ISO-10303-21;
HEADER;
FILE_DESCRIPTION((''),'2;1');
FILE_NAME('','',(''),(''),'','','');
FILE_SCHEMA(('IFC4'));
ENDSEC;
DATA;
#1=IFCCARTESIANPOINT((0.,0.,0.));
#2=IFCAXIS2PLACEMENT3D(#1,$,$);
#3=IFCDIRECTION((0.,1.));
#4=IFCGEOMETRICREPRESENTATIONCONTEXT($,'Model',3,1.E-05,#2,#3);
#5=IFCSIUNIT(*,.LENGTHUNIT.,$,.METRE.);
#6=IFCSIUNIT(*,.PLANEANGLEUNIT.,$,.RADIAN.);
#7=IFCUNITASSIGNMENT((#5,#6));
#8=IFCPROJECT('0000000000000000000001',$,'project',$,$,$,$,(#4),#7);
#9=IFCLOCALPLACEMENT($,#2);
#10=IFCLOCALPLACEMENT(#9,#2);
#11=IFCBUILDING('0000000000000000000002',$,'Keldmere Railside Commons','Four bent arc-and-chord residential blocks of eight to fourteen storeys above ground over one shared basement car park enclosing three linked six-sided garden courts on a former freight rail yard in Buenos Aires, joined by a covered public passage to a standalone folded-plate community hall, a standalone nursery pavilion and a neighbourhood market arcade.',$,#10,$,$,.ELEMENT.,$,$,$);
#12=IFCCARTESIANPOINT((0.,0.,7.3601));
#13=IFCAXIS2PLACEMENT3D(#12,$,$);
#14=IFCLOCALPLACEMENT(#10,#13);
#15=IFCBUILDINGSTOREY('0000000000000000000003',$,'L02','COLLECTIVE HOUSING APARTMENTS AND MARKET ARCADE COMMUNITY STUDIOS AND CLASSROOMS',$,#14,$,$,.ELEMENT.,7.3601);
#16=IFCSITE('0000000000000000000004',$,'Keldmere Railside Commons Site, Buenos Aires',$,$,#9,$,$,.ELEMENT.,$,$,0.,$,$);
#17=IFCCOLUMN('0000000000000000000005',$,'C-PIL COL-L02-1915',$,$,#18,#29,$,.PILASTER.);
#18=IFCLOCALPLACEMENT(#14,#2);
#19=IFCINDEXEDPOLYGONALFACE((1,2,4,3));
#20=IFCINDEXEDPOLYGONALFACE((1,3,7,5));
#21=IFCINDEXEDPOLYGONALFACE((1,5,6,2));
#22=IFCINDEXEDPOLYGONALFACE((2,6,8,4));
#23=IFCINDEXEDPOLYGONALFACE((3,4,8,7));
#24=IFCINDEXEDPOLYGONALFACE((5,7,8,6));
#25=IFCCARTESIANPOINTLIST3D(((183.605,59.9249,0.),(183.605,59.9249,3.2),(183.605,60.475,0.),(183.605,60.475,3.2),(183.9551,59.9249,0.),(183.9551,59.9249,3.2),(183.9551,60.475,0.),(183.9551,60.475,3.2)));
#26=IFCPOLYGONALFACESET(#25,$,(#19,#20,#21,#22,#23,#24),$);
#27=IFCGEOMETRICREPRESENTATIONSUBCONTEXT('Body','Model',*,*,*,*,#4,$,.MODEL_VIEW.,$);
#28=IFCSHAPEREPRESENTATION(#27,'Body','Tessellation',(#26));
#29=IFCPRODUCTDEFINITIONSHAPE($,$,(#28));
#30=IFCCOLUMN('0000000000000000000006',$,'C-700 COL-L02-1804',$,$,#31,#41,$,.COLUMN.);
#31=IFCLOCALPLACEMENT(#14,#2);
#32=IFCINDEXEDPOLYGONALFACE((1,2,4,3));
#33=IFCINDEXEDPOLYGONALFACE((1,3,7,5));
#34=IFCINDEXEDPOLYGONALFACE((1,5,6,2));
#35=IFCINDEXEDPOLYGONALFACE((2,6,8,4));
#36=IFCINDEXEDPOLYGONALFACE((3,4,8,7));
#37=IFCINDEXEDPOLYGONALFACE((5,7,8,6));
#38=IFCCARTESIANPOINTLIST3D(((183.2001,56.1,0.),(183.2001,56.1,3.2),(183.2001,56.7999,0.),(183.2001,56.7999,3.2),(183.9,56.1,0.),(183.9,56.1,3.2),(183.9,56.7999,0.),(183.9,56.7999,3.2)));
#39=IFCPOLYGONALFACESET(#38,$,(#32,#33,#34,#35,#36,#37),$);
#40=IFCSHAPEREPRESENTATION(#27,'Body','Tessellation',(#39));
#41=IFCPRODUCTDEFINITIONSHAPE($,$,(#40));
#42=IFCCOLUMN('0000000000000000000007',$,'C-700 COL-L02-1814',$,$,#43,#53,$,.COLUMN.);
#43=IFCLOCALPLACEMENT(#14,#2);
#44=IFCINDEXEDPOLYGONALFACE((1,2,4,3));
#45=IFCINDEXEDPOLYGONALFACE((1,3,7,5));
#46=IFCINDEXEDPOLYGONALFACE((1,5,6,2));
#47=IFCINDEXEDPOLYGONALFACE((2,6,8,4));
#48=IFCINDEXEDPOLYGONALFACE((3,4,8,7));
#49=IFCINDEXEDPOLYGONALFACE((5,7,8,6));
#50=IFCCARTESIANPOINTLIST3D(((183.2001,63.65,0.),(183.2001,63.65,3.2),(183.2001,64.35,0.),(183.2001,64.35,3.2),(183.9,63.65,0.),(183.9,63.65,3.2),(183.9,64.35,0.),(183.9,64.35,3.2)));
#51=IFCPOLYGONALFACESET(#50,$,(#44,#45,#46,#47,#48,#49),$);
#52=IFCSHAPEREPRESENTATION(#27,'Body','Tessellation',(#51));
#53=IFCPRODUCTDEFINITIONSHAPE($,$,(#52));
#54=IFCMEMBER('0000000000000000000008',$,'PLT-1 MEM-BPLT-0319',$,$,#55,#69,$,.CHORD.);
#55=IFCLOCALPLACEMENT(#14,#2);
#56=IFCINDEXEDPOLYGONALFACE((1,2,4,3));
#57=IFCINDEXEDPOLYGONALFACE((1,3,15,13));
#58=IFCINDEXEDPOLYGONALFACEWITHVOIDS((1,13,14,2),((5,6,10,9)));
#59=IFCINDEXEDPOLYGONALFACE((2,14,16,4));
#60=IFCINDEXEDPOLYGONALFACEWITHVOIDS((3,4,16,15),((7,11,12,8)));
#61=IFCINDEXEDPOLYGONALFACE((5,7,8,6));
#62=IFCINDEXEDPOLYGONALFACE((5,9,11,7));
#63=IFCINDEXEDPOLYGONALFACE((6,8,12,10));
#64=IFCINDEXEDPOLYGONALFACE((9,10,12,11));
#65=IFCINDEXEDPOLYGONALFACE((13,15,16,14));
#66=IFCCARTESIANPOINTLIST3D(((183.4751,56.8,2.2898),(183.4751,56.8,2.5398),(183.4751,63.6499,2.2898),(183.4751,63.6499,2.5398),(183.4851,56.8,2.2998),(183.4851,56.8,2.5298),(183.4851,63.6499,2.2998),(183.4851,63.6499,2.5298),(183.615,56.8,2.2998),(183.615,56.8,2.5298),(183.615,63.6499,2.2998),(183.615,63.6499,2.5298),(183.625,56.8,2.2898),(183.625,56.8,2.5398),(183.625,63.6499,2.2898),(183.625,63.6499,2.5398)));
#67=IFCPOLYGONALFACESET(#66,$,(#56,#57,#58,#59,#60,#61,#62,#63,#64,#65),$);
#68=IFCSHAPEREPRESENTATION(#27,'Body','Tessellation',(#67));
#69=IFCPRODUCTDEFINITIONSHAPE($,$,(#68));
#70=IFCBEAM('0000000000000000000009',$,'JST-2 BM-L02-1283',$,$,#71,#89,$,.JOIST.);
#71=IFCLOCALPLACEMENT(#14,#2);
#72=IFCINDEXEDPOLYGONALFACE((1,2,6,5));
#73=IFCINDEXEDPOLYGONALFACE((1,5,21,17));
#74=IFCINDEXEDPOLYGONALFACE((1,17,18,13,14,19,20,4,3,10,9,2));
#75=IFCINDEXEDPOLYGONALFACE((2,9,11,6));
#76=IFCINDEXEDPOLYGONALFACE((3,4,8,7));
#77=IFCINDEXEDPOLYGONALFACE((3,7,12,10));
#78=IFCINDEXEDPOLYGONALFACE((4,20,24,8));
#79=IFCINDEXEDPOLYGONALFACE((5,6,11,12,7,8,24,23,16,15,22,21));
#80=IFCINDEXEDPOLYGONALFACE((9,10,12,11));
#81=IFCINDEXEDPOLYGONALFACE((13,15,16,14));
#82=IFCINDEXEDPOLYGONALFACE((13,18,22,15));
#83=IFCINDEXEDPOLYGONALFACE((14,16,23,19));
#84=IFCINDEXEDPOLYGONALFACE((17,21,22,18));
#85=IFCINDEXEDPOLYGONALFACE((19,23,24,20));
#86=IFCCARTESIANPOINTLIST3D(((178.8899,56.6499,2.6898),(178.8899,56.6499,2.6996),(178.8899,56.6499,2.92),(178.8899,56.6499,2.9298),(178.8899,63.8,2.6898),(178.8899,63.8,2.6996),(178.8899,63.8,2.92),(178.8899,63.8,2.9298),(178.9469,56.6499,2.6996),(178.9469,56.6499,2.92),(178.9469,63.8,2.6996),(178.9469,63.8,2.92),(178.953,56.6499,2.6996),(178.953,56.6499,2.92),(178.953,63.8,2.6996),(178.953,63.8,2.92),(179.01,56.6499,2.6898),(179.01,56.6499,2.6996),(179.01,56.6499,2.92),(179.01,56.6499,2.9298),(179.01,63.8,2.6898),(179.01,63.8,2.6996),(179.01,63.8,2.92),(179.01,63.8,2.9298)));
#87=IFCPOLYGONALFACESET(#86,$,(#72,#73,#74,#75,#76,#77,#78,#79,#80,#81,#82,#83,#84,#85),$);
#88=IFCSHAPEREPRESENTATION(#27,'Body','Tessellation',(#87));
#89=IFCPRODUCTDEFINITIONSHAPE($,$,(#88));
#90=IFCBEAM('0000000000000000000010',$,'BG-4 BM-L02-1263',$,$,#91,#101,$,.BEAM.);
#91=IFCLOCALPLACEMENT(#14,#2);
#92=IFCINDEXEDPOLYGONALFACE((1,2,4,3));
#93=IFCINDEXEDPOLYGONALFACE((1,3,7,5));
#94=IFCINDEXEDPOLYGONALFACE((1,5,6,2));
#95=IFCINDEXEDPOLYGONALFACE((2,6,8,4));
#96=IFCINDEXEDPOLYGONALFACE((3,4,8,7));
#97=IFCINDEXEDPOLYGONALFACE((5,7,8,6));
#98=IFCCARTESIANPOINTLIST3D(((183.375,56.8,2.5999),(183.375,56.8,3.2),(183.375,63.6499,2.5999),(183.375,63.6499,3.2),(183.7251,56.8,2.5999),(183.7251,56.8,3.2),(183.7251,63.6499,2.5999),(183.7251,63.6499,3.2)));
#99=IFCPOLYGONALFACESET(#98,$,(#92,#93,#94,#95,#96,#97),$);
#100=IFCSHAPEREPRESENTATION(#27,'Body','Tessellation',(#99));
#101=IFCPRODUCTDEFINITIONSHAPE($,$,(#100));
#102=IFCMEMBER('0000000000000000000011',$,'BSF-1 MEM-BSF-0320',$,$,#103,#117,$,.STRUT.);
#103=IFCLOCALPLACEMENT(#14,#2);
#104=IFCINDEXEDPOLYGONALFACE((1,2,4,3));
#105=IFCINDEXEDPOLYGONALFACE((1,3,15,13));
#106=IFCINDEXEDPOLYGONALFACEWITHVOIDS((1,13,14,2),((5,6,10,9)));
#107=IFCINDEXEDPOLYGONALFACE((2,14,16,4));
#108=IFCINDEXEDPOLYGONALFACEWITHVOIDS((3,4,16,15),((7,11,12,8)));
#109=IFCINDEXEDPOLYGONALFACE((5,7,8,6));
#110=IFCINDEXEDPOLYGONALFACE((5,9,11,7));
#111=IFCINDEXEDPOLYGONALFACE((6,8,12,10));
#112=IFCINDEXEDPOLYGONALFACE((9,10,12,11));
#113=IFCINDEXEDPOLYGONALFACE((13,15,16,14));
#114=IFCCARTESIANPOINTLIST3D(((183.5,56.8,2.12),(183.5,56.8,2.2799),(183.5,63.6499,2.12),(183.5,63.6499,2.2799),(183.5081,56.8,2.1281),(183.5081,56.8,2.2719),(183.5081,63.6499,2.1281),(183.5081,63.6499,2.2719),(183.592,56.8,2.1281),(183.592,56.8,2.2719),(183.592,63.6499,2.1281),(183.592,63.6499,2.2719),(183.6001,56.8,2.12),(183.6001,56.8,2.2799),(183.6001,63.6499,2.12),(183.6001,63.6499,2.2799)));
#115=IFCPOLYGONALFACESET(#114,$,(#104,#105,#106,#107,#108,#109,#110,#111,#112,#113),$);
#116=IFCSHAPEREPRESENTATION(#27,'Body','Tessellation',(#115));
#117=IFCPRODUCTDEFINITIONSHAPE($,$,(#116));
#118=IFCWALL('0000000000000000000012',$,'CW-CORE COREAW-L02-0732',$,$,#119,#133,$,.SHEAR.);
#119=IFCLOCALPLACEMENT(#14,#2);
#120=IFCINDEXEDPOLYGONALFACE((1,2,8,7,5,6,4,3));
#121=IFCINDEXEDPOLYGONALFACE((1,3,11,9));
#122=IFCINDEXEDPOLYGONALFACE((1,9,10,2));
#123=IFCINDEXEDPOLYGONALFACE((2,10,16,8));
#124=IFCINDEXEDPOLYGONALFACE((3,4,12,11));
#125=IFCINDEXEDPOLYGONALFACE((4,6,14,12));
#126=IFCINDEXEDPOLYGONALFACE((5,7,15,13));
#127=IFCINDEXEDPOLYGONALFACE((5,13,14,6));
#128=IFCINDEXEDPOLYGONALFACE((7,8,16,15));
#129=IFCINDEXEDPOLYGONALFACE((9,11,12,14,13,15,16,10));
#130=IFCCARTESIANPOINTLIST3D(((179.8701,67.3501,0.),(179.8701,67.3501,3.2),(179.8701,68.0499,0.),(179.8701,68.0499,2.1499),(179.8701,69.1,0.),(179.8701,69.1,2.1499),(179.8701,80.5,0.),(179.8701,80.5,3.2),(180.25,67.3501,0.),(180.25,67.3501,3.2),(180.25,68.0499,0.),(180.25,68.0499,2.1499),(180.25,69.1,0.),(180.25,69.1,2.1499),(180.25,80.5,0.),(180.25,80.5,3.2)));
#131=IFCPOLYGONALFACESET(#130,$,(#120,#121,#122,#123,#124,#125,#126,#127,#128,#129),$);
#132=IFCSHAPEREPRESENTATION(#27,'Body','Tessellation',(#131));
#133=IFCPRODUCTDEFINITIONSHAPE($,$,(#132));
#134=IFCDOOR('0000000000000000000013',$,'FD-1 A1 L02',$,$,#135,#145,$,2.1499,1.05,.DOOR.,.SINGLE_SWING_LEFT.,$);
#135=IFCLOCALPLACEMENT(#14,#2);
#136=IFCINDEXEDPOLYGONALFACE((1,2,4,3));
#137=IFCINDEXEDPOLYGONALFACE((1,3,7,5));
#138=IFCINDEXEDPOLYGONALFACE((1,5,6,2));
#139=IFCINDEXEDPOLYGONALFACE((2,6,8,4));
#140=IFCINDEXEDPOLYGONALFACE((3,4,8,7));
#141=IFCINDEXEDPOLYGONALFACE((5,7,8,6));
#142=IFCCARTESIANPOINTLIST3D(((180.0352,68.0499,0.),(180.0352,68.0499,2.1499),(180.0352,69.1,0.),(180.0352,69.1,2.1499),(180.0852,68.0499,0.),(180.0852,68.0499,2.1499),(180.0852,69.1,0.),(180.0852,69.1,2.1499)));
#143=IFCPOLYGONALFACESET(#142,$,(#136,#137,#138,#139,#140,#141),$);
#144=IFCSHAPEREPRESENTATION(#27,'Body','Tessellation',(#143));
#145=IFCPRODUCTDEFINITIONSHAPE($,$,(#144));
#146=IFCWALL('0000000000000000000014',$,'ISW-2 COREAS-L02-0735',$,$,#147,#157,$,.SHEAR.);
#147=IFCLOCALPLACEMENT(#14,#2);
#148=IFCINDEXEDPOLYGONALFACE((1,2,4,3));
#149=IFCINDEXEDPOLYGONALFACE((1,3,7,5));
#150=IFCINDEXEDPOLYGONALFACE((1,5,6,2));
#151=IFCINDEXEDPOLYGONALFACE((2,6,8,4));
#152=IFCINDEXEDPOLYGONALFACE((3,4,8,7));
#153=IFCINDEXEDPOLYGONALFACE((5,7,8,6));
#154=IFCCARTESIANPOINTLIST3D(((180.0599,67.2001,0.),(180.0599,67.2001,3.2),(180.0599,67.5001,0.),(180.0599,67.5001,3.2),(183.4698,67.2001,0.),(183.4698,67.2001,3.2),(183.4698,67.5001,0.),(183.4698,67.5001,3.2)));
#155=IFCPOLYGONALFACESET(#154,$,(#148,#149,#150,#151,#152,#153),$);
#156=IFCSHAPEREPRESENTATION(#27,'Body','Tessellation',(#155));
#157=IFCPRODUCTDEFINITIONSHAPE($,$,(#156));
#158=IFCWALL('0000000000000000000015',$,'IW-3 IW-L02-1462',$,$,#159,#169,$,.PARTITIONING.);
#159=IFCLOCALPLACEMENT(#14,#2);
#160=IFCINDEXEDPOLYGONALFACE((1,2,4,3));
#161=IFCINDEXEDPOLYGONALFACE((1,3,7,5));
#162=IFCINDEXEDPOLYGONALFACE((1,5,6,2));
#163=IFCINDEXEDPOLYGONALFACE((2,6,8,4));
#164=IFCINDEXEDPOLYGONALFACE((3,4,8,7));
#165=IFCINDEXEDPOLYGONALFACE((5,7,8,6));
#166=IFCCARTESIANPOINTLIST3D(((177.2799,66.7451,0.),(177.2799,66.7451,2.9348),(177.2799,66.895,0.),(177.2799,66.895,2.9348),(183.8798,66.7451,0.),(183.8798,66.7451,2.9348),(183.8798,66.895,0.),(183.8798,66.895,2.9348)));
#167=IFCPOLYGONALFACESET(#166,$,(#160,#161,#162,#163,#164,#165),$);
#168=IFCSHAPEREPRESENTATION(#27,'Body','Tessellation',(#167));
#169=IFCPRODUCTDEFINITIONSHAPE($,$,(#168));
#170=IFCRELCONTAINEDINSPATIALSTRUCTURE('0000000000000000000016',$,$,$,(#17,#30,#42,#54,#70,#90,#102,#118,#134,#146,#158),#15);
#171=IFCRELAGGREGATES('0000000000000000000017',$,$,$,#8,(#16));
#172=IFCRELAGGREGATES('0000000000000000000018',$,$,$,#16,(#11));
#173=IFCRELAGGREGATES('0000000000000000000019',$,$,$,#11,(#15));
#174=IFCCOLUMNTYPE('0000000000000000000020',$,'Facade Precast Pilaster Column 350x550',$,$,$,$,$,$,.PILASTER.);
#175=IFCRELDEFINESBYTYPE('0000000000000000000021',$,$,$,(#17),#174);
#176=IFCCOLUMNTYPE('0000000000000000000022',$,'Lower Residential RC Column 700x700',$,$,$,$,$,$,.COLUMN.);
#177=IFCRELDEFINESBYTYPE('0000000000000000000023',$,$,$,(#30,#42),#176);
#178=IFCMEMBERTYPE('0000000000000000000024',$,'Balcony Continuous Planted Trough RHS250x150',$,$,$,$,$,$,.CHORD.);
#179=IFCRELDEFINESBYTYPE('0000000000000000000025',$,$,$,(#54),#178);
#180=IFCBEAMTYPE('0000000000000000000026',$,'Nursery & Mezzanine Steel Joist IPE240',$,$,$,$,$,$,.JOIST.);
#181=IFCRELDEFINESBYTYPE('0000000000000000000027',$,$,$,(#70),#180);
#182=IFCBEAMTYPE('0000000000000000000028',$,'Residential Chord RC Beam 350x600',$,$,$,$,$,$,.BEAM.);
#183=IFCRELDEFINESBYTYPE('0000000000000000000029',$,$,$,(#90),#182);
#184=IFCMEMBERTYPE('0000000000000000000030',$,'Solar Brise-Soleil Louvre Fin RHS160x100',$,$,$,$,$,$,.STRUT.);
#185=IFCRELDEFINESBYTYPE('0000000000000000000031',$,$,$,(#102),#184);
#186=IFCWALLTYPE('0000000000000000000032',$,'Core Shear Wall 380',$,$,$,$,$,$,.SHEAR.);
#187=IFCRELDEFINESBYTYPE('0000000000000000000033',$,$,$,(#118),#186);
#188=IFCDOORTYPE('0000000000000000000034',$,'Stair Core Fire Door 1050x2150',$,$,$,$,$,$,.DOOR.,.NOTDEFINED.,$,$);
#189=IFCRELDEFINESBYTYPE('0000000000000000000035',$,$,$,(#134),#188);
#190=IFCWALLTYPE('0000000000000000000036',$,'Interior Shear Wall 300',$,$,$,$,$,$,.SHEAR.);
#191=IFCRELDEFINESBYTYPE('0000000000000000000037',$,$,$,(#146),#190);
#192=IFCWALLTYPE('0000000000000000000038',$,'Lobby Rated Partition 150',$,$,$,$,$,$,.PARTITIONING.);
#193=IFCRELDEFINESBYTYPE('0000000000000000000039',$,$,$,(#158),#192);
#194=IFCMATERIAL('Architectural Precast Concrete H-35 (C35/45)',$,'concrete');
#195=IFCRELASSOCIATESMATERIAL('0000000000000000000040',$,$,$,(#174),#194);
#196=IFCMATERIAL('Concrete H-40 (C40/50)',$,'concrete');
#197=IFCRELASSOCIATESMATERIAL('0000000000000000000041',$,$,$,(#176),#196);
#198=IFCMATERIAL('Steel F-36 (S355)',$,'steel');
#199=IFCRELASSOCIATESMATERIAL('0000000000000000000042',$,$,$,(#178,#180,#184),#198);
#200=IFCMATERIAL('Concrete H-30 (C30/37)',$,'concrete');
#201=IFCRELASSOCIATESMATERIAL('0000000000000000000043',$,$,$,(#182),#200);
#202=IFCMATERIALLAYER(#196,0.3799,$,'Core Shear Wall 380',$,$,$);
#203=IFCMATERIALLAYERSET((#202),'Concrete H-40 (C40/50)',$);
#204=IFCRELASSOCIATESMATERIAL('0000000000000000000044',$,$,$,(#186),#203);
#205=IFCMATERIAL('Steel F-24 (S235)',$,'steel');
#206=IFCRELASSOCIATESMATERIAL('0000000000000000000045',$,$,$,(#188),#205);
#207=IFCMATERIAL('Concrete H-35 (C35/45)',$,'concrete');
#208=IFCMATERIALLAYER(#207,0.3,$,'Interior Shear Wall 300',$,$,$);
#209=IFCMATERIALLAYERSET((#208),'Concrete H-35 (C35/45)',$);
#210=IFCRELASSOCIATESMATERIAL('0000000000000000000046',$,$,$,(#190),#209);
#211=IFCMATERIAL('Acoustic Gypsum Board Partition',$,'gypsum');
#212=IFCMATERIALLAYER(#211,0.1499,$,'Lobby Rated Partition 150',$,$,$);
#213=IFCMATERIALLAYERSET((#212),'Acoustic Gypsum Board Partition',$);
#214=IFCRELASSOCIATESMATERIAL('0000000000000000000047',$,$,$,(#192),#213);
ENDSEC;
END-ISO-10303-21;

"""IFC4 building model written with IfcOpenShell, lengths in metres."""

from ifc_helpers import new_model, si_unit, direction, frame, frame_2d, origin, origin_2d, place, context, subcontext, project, spatial, rectangle, hollow_rectangle, i_section, extrude, material, layer, layer_set, material_profile, profile_set, type_object, element, fill, save


model = new_model("IFC4")

# Units and contexts
model_context = context("Model", 3, precision=1e-05, world=origin(), true_north=direction((0.0, 1.0)))
body_context = subcontext(model_context, "Body", "Model", "MODEL_VIEW")
ifc_project = project(units=[si_unit("LENGTHUNIT", "METRE"), si_unit("PLANEANGLEUNIT", "RADIAN")], contexts=[model_context])

# Site, building, storey
site_placement = place(None, origin())
site = spatial("IfcSite", under=ifc_project, at=site_placement, Name="Keldmere Railside Commons Site, Buenos Aires", CompositionType="ELEMENT", RefElevation=0.0)
building_placement = place(site_placement, origin())
building = spatial("IfcBuilding", under=site, at=building_placement, Name="Keldmere Railside Commons", Description="Four bent arc-and-chord residential blocks of eight to fourteen storeys above ground over one shared basement car park enclosing three linked six-sided garden courts on a former freight rail yard in Buenos Aires, joined by a covered public passage to a standalone folded-plate community hall, a standalone nursery pavilion and a neighbourhood market arcade.", CompositionType="ELEMENT")
storey_placement = place(building_placement, frame((0.0, 0.0, 7.3601)))
storey = spatial("IfcBuildingStorey", under=building, at=storey_placement, Name="L02", Description="COLLECTIVE HOUSING APARTMENTS AND MARKET ARCADE COMMUNITY STUDIOS AND CLASSROOMS", CompositionType="ELEMENT", Elevation=7.3601)

# Columns
ifc_material_1 = material(Name="Architectural Precast Concrete H-35 (C35/45)", Category="concrete")
ifc_material_profile_1 = material_profile(ifc_material_1, rectangle(XDim=0.3501, YDim=0.55, at=origin_2d()), Name="RC-350x550")
ifc_profile_set_1 = profile_set([ifc_material_profile_1], Name="Architectural Precast Concrete H-35 (C35/45)")
column_type_1 = type_object("IfcColumnType", Name="Facade Precast Pilaster Column 350x550", PredefinedType="PILASTER", material=ifc_profile_set_1)
column_placement = place(storey_placement, frame((183.78, 60.2, 0.0), z_axis=(0.0, 0.0, 1.0), x_axis=(1.0, 0.0, 0.0)))
element("IfcColumn", 1, at=column_placement, inside=storey, type_object=column_type_1, Name="C-PIL COL-L02-1915", PredefinedType="PILASTER", context=body_context, shape_type="SweptSolid", body=[
    extrude(rectangle(XDim=0.3501, YDim=0.55, at=origin_2d()), origin(), (0.0, 0.0, 1.0), 3.2),
])
ifc_material_2 = material(Name="Concrete H-40 (C40/50)", Category="concrete")
ifc_material_profile_2 = material_profile(ifc_material_2, rectangle(XDim=0.7, YDim=0.7, at=origin_2d()), Name="RC-700x700")
ifc_profile_set_2 = profile_set([ifc_material_profile_2], Name="Concrete H-40 (C40/50)")
column_type_2 = type_object("IfcColumnType", Name="Lower Residential RC Column 700x700", PredefinedType="COLUMN", material=ifc_profile_set_2)
for number, where, z_axis, x_axis, name in (
    (2, (183.55, 56.45, 0.0), (0.0, 0.0, 1.0), (1.0, 0.0, 0.0), "C-700 COL-L02-1804"),
    (3, (183.55, 64.0, 0.0), (0.0, 0.0, 1.0), (1.0, 0.0, 0.0), "C-700 COL-L02-1814"),
):
    element("IfcColumn", number, at=place(storey_placement, frame(where, z_axis=z_axis, x_axis=x_axis)), inside=storey, type_object=column_type_2, Name=name, PredefinedType="COLUMN", context=body_context, shape_type="SweptSolid", body=[
        extrude(rectangle(XDim=0.7, YDim=0.7, at=origin_2d()), origin(), (0.0, 0.0, 1.0), 3.2),
    ])

# Member
ifc_material_3 = material(Name="Steel F-36 (S355)", Category="steel")
ifc_material_profile_3 = material_profile(ifc_material_3, hollow_rectangle(XDim=0.1499, YDim=0.25, WallThickness=0.01, at=origin_2d()), Name="RHS-250x150x10")
ifc_profile_set_3 = profile_set([ifc_material_profile_3], Name="Steel F-36 (S355)")
member_type_1 = type_object("IfcMemberType", Name="Balcony Continuous Planted Trough RHS250x150", PredefinedType="CHORD", material=ifc_profile_set_3)
member_1_placement = place(storey_placement, frame((183.55, 56.8, 2.4148), z_axis=(0.0, 1.0, 0.0), x_axis=(-1.0, 0.0, 0.0)))
element("IfcMember", 4, at=member_1_placement, inside=storey, type_object=member_type_1, Name="PLT-1 MEM-BPLT-0319", PredefinedType="CHORD", context=body_context, shape_type="SweptSolid", body=[
    extrude(hollow_rectangle(XDim=0.1499, YDim=0.25, WallThickness=0.01, at=origin_2d()), origin(), (0.0, 0.0, 1.0), 6.8499),
])

# Beams
ifc_material_profile_4 = material_profile(ifc_material_3, i_section(OverallWidth=0.1201, OverallDepth=0.24, WebThickness=0.0061, FlangeThickness=0.0098, at=origin_2d()), Name="IPE-240")
ifc_profile_set_4 = profile_set([ifc_material_profile_4], Name="Steel F-36 (S355)")
beam_type_1 = type_object("IfcBeamType", Name="Nursery & Mezzanine Steel Joist IPE240", PredefinedType="JOIST", material=ifc_profile_set_4)
beam_1_placement = place(storey_placement, frame((178.95, 56.6499, 2.8098), z_axis=(0.0, 1.0, 0.0), x_axis=(-1.0, 0.0, 0.0)))
element("IfcBeam", 5, at=beam_1_placement, inside=storey, type_object=beam_type_1, Name="JST-2 BM-L02-1283", PredefinedType="JOIST", context=body_context, shape_type="SweptSolid", body=[
    extrude(i_section(OverallWidth=0.1201, OverallDepth=0.24, WebThickness=0.0061, FlangeThickness=0.0098, at=origin_2d()), origin(), (0.0, 0.0, 1.0), 7.1501),
])
ifc_material_4 = material(Name="Concrete H-30 (C30/37)", Category="concrete")
ifc_material_profile_5 = material_profile(ifc_material_4, rectangle(XDim=0.3501, YDim=0.6001, at=origin_2d()), Name="RC-350x600")
ifc_profile_set_5 = profile_set([ifc_material_profile_5], Name="Concrete H-30 (C30/37)")
beam_type_2 = type_object("IfcBeamType", Name="Residential Chord RC Beam 350x600", PredefinedType="BEAM", material=ifc_profile_set_5)
beam_2_placement = place(storey_placement, frame((183.55, 56.8, 2.8999), z_axis=(0.0, 1.0, 0.0), x_axis=(-1.0, 0.0, 0.0)))
element("IfcBeam", 6, at=beam_2_placement, inside=storey, type_object=beam_type_2, Name="BG-4 BM-L02-1263", PredefinedType="BEAM", context=body_context, shape_type="SweptSolid", body=[
    extrude(rectangle(XDim=0.3501, YDim=0.6001, at=origin_2d()), origin(), (0.0, 0.0, 1.0), 6.8499),
])

# Member
ifc_material_profile_6 = material_profile(ifc_material_3, hollow_rectangle(XDim=0.1001, YDim=0.1599, WallThickness=0.0081, at=origin_2d()), Name="RHS-160x100x8")
ifc_profile_set_6 = profile_set([ifc_material_profile_6], Name="Steel F-36 (S355)")
member_type_2 = type_object("IfcMemberType", Name="Solar Brise-Soleil Louvre Fin RHS160x100", PredefinedType="STRUT", material=ifc_profile_set_6)
member_2_placement = place(storey_placement, frame((183.55, 56.8, 2.2), z_axis=(0.0, 1.0, 0.0), x_axis=(-1.0, 0.0, 0.0)))
element("IfcMember", 7, at=member_2_placement, inside=storey, type_object=member_type_2, Name="BSF-1 MEM-BSF-0320", PredefinedType="STRUT", context=body_context, shape_type="SweptSolid", body=[
    extrude(hollow_rectangle(XDim=0.1001, YDim=0.1599, WallThickness=0.0081, at=origin_2d()), origin(), (0.0, 0.0, 1.0), 6.8499),
])

# Wall, opening, door
ifc_layer_1 = layer(ifc_material_2, 0.3799, Name="Core Shear Wall 380")
ifc_layer_set_1 = layer_set([ifc_layer_1], Name="Concrete H-40 (C40/50)")
wall_type_1 = type_object("IfcWallType", Name="Core Shear Wall 380", PredefinedType="SHEAR", material=ifc_layer_set_1)
wall_1_placement = place(storey_placement, frame((180.0601, 67.3501, 0.0), z_axis=(0.0, 0.0, 1.0), x_axis=(0.0, 1.0, 0.0)))
wall_1 = element("IfcWall", 8, at=wall_1_placement, inside=storey, type_object=wall_type_1, Name="CW-CORE COREAW-L02-0732", PredefinedType="SHEAR", context=body_context, shape_type="SweptSolid", body=[
    extrude(rectangle(XDim=13.1499, YDim=0.3799, at=frame_2d((6.575, 0.0))), origin(), (0.0, 0.0, 1.0), 3.2),
])
opening_placement = place(wall_1_placement, frame((0.7, 0.0, 0.0)))
opening = element("IfcOpeningElement", 9, at=opening_placement, cuts=wall_1, PredefinedType="OPENING", context=body_context, shape_type="SweptSolid", body=[
    extrude(rectangle(XDim=1.05, YDim=2.1499, at=frame_2d((0.5249, 1.075))), frame((0.0, 0.2, 0.0), z_axis=(0.0, -1.0, 0.0), x_axis=(1.0, 0.0, 0.0)), (0.0, 0.0, 1.0), 0.3999),
])
ifc_material_5 = material(Name="Steel F-24 (S235)", Category="steel")
door_type = type_object("IfcDoorType", Name="Stair Core Fire Door 1050x2150", OperationType="NOTDEFINED", PredefinedType="DOOR", material=ifc_material_5)
door_placement = place(opening_placement, origin())
door = element("IfcDoor", 10, at=door_placement, inside=storey, type_object=door_type, Name="FD-1 A1 L02", OperationType="SINGLE_SWING_LEFT", OverallHeight=2.1499, OverallWidth=1.05, PredefinedType="DOOR", context=body_context, shape_type="SweptSolid", body=[
    extrude(rectangle(XDim=1.05, YDim=2.1499, at=frame_2d((0.5249, 1.075))), frame((0.0, 0.0249, 0.0), z_axis=(0.0, -1.0, 0.0), x_axis=(1.0, 0.0, 0.0)), (0.0, 0.0, 1.0), 0.05),
])
fill(opening, door)

# Walls
ifc_material_6 = material(Name="Concrete H-35 (C35/45)", Category="concrete")
ifc_layer_2 = layer(ifc_material_6, 0.3, Name="Interior Shear Wall 300")
ifc_layer_set_2 = layer_set([ifc_layer_2], Name="Concrete H-35 (C35/45)")
wall_type_2 = type_object("IfcWallType", Name="Interior Shear Wall 300", PredefinedType="SHEAR", material=ifc_layer_set_2)
wall_2_placement = place(storey_placement, frame((183.47, 67.3501, 0.0), z_axis=(0.0, 0.0, 1.0), x_axis=(-1.0, 0.0, 0.0)))
element("IfcWall", 11, at=wall_2_placement, inside=storey, type_object=wall_type_2, Name="ISW-2 COREAS-L02-0735", PredefinedType="SHEAR", context=body_context, shape_type="SweptSolid", body=[
    extrude(rectangle(XDim=3.4099, YDim=0.3, at=frame_2d((1.7051, 0.0))), origin(), (0.0, 0.0, 1.0), 3.2),
])
ifc_material_7 = material(Name="Acoustic Gypsum Board Partition", Category="gypsum")
ifc_layer_3 = layer(ifc_material_7, 0.1499, Name="Lobby Rated Partition 150")
ifc_layer_set_3 = layer_set([ifc_layer_3], Name="Acoustic Gypsum Board Partition")
wall_type_3 = type_object("IfcWallType", Name="Lobby Rated Partition 150", PredefinedType="PARTITIONING", material=ifc_layer_set_3)
wall_3_placement = place(storey_placement, frame((177.28, 66.8201, 0.0), z_axis=(0.0, 0.0, 1.0), x_axis=(1.0, 0.0, 0.0)))
element("IfcWall", 12, at=wall_3_placement, inside=storey, type_object=wall_type_3, Name="IW-3 IW-L02-1462", PredefinedType="PARTITIONING", context=body_context, shape_type="SweptSolid", body=[
    extrude(rectangle(XDim=6.5999, YDim=0.1499, at=frame_2d((3.2998, 0.0))), origin(), (0.0, 0.0, 1.0), 2.9348),
])

save(model, "model.ifc")
